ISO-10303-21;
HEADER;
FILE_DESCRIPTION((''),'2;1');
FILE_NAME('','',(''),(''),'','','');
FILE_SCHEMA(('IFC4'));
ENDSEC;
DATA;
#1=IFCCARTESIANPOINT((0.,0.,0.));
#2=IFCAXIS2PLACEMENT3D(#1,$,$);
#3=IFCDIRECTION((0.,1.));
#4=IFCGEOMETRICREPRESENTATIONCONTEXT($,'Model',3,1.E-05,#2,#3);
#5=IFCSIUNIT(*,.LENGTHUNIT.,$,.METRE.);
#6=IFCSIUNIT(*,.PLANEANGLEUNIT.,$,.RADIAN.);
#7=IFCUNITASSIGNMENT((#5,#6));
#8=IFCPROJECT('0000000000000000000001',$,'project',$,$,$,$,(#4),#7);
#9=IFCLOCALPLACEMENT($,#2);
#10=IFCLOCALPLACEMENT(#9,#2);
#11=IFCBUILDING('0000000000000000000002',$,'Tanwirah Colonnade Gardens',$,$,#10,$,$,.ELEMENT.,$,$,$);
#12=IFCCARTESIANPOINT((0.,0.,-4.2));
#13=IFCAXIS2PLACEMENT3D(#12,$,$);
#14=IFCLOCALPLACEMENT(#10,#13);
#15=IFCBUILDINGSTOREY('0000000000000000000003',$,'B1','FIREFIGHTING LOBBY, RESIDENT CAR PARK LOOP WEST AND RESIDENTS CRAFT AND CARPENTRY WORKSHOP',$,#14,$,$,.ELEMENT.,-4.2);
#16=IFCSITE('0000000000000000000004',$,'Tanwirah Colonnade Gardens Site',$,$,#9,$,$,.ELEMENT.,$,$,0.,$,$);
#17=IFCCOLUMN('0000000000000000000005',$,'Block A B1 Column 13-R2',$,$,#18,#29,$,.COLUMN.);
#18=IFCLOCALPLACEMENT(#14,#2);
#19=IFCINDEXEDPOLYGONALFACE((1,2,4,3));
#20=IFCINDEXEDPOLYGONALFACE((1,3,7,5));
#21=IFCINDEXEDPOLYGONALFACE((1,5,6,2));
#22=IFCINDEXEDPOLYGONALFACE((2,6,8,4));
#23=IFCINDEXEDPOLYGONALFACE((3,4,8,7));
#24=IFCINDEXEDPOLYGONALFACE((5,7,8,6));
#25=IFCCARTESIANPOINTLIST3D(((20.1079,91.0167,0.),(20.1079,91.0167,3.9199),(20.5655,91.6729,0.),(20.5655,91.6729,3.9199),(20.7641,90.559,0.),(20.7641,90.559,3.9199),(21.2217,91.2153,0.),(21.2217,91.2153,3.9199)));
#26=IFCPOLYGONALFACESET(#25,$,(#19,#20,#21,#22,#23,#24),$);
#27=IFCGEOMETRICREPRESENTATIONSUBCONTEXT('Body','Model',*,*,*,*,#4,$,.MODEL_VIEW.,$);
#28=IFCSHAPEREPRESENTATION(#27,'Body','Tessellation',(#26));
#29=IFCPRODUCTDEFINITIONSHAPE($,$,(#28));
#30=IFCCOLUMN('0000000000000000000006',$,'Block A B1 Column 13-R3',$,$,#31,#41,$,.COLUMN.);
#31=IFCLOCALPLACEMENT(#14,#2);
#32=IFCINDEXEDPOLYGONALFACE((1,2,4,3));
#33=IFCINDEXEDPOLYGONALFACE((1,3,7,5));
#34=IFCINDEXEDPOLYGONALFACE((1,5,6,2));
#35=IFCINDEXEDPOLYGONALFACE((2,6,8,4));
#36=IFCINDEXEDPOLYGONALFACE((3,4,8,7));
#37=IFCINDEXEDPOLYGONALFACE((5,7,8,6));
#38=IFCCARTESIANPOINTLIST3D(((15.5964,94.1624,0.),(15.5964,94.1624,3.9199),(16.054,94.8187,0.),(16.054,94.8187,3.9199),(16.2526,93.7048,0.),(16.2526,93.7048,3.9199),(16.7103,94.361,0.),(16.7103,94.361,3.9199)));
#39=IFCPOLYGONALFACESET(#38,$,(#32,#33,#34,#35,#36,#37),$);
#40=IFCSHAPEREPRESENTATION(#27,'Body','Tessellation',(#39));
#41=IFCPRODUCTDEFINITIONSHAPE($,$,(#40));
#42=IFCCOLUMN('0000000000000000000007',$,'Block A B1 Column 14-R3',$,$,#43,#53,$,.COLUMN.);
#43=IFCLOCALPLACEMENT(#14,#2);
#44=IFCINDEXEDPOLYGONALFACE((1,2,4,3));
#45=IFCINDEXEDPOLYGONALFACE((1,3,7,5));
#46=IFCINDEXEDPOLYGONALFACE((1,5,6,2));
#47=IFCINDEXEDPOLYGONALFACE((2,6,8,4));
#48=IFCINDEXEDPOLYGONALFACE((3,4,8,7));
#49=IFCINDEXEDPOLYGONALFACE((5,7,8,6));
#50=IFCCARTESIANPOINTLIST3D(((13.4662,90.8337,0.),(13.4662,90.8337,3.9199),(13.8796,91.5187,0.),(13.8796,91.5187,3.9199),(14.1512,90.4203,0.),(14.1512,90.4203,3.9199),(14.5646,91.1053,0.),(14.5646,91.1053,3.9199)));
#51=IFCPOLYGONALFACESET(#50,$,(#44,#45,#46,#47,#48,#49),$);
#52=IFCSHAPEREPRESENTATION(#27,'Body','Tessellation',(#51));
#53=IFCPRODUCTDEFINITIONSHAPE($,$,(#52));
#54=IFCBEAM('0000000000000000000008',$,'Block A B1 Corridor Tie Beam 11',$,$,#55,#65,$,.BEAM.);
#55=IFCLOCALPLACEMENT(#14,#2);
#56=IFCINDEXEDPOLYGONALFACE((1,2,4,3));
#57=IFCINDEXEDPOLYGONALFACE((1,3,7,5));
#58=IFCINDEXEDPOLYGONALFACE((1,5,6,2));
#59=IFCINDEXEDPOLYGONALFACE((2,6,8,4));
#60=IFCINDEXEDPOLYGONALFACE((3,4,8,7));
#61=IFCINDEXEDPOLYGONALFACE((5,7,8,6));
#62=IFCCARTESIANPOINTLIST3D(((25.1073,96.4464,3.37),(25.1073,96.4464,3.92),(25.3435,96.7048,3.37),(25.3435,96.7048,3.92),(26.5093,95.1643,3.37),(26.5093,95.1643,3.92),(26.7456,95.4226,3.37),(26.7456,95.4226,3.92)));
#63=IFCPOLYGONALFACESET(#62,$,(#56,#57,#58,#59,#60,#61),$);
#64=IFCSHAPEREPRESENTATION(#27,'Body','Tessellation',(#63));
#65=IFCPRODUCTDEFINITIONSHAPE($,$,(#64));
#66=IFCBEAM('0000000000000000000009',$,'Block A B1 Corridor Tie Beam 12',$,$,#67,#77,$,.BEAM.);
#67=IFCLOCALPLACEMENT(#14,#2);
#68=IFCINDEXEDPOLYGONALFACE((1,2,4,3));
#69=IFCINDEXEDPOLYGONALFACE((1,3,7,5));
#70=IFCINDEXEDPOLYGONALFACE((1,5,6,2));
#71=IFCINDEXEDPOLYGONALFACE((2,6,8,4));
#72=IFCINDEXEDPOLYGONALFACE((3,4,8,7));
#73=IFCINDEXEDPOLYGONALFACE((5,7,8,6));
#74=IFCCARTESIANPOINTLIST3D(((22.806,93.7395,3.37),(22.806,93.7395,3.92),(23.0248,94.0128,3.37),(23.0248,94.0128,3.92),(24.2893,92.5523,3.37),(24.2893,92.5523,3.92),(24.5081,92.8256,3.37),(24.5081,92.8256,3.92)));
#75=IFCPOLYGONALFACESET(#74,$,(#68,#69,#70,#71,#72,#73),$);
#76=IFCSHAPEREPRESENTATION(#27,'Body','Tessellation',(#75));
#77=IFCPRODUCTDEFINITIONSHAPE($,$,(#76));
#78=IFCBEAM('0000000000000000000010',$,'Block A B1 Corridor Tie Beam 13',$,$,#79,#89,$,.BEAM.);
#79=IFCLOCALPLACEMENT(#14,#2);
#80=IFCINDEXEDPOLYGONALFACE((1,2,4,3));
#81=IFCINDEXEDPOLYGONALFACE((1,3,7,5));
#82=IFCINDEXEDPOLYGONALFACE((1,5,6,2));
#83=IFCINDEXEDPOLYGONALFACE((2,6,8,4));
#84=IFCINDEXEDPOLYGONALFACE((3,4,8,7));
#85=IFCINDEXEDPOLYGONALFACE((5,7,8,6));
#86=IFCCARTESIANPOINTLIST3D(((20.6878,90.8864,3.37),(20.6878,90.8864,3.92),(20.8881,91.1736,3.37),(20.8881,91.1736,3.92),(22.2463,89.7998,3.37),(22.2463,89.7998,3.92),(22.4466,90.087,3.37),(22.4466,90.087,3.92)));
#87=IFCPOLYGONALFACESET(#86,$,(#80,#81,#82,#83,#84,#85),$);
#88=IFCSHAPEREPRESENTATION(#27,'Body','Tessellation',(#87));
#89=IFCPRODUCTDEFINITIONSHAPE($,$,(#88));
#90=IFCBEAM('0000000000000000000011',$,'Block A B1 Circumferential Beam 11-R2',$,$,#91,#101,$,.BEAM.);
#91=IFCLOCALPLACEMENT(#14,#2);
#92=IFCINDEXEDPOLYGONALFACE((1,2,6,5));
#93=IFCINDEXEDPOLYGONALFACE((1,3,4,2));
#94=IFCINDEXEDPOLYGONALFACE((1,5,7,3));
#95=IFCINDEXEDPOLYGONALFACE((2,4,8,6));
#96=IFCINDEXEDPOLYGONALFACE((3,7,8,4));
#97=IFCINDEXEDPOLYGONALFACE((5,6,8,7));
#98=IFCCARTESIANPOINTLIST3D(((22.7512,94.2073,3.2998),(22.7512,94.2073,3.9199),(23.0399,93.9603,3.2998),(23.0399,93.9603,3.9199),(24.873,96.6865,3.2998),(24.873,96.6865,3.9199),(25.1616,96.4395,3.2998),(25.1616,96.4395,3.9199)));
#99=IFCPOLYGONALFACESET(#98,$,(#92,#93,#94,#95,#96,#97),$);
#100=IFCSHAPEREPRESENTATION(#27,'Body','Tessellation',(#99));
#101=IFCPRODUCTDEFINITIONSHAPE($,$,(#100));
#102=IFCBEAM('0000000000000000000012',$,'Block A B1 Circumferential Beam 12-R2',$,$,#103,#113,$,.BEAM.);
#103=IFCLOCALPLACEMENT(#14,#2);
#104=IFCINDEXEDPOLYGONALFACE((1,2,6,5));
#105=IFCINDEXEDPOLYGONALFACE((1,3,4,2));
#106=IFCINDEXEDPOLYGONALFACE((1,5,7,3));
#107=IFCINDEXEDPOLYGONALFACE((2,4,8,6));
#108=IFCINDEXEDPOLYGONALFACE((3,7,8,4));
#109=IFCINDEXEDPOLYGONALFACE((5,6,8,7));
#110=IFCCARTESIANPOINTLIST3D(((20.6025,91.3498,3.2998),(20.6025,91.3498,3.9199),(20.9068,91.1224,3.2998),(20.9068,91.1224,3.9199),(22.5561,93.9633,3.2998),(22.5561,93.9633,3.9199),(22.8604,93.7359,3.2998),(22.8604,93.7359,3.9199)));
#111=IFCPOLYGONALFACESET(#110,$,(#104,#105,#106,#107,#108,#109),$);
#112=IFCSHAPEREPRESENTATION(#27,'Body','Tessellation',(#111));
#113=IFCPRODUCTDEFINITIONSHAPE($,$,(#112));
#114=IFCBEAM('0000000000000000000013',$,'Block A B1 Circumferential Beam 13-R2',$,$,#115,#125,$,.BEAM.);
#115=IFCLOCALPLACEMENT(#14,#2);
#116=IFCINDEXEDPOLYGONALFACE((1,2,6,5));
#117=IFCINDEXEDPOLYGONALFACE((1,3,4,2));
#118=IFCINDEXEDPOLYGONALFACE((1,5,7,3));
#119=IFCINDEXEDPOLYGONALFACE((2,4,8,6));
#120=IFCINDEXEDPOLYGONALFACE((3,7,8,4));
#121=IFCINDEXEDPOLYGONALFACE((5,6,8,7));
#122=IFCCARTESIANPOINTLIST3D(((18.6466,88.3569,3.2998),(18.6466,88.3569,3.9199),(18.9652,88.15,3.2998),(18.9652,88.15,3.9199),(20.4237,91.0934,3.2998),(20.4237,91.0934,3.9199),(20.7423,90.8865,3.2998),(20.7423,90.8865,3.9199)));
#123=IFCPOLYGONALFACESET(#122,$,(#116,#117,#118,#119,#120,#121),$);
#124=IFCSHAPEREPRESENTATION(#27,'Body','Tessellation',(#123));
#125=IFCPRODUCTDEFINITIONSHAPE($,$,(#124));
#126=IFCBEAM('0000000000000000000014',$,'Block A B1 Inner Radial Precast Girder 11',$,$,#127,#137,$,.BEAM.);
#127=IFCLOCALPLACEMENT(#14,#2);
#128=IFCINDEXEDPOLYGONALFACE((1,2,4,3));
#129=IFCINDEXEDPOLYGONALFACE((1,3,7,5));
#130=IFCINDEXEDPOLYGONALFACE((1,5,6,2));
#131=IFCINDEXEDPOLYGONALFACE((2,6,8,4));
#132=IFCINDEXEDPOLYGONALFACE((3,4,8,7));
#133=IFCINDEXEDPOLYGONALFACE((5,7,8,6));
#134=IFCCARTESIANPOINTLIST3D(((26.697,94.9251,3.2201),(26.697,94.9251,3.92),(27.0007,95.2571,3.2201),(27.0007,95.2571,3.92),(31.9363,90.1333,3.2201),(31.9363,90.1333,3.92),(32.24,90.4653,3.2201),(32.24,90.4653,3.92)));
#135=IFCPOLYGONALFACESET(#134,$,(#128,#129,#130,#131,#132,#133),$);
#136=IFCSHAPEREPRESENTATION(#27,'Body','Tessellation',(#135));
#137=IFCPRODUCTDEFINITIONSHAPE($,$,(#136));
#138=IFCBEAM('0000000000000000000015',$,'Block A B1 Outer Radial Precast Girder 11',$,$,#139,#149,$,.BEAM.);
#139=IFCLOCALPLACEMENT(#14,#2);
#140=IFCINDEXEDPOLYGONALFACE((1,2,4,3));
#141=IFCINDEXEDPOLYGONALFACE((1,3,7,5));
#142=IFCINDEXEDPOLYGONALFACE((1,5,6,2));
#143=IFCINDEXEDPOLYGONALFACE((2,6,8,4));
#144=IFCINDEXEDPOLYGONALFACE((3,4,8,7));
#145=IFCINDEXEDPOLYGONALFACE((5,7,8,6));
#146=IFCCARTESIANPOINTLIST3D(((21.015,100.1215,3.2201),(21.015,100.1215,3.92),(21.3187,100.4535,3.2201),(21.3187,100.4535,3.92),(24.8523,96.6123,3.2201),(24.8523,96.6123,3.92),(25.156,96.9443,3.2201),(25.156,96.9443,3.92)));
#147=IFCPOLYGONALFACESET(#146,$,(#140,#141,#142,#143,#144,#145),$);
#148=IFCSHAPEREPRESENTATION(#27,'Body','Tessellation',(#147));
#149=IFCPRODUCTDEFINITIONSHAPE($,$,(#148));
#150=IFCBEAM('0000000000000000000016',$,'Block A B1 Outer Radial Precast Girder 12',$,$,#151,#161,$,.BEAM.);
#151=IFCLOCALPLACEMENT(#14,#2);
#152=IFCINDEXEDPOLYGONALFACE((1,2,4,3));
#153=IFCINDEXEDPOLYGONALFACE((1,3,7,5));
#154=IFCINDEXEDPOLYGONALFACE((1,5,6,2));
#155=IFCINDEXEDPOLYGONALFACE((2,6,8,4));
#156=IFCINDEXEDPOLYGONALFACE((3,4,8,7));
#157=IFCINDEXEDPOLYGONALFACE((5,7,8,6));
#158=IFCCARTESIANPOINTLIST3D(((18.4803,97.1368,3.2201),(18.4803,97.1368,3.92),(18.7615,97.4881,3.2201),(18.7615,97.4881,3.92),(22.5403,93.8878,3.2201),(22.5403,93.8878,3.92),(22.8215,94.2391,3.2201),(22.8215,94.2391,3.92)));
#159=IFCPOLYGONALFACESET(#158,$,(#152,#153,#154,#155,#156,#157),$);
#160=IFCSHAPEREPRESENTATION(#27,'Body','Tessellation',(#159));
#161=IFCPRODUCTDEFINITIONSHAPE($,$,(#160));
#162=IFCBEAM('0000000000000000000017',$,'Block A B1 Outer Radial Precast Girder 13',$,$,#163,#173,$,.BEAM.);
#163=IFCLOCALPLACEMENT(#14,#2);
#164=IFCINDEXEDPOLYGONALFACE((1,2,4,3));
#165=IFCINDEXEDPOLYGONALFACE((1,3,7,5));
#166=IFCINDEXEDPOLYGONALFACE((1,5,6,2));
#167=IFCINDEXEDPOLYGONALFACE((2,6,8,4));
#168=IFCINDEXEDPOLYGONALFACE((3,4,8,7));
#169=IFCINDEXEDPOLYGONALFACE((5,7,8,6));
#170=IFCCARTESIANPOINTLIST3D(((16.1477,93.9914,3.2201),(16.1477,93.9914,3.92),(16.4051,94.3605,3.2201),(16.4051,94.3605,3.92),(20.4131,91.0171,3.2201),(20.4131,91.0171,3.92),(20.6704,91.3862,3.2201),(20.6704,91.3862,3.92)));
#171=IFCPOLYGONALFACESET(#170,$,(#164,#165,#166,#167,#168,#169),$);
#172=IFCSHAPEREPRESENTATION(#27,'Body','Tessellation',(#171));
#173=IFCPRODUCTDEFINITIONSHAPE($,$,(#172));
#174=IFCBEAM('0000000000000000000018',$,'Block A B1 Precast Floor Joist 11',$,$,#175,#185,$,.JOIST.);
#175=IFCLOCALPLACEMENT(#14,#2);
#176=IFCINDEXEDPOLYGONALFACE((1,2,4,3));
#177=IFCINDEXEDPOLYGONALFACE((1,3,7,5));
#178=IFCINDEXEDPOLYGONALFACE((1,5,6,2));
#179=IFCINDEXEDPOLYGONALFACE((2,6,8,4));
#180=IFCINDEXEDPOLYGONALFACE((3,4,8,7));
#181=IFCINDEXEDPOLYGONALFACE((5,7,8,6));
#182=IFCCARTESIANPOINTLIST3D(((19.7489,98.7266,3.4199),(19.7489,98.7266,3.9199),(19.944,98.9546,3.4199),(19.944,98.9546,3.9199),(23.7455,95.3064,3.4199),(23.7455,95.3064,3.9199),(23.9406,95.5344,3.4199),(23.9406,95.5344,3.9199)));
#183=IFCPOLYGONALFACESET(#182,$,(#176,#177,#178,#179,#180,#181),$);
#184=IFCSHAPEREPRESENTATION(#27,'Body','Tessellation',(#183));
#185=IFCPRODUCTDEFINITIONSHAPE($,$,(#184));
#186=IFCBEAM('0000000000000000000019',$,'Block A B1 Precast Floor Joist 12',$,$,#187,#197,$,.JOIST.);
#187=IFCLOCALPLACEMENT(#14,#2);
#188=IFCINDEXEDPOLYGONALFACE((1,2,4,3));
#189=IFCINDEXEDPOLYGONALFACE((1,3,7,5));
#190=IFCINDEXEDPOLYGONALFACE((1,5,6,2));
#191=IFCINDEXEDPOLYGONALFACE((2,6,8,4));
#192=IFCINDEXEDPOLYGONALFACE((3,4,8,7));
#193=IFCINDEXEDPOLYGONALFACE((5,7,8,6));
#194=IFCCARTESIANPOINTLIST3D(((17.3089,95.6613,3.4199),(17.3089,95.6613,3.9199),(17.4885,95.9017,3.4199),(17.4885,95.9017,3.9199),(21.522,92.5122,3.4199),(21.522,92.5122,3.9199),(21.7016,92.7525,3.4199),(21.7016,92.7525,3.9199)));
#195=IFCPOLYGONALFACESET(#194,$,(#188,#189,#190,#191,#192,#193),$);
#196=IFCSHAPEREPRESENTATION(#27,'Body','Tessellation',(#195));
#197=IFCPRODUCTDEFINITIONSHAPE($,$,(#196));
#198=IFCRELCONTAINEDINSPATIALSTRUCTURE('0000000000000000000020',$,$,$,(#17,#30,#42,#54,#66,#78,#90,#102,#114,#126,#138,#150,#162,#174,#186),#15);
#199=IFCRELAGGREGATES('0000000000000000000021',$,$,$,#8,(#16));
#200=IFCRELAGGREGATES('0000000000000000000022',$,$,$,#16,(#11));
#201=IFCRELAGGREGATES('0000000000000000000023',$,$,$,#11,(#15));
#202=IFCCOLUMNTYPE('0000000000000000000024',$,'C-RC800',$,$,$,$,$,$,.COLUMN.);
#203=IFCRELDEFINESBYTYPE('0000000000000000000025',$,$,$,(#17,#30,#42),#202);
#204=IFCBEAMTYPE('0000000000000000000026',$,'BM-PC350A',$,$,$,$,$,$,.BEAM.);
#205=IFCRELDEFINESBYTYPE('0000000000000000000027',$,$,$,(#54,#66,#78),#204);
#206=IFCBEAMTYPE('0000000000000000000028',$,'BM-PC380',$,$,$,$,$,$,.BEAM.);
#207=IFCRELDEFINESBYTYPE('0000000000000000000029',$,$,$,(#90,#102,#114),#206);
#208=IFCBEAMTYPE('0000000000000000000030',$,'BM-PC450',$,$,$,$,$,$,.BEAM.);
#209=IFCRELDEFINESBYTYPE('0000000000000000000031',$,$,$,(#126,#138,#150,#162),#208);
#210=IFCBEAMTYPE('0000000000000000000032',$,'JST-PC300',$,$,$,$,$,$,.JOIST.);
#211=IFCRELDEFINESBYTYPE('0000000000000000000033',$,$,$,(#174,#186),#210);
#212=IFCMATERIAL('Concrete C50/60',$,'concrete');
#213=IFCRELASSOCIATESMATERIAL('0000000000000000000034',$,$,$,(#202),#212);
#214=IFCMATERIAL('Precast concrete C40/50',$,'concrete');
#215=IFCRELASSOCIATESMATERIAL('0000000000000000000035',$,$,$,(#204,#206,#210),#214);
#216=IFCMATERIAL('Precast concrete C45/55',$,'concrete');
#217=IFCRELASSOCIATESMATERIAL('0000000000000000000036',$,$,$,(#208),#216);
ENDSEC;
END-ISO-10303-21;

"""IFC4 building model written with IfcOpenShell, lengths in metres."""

from ifc_helpers import new_model, si_unit, direction, frame, origin, origin_2d, place, context, subcontext, project, spatial, rectangle, extrude, material, material_profile, profile_set, type_object, element, save


model = new_model("IFC4")

# Units and contexts
model_context = context("Model", 3, precision=1e-05, world=origin(), true_north=direction((0.0, 1.0)))
body_context = subcontext(model_context, "Body", "Model", "MODEL_VIEW")
ifc_project = project(units=[si_unit("LENGTHUNIT", "METRE"), si_unit("PLANEANGLEUNIT", "RADIAN")], contexts=[model_context])

# Site, building, storey
site_placement = place(None, origin())
site = spatial("IfcSite", under=ifc_project, at=site_placement, Name="Tanwirah Colonnade Gardens Site", CompositionType="ELEMENT", RefElevation=0.0)
building_placement = place(site_placement, origin())
building = spatial("IfcBuilding", under=site, at=building_placement, Name="Tanwirah Colonnade Gardens", CompositionType="ELEMENT")
storey_placement = place(building_placement, frame((0.0, 0.0, -4.2)))
storey = spatial("IfcBuildingStorey", under=building, at=storey_placement, Name="B1", Description="FIREFIGHTING LOBBY, RESIDENT CAR PARK LOOP WEST AND RESIDENTS CRAFT AND CARPENTRY WORKSHOP", CompositionType="ELEMENT", Elevation=-4.2)

# Columns
ifc_material_1 = material(Name="Concrete C50/60", Category="concrete")
ifc_material_profile_1 = material_profile(ifc_material_1, rectangle(XDim=0.8, YDim=0.8, at=origin_2d()), Name="RC-COL 800x800")
ifc_profile_set_1 = profile_set([ifc_material_profile_1], Name="Concrete C50/60")
column_type = type_object("IfcColumnType", Name="C-RC800", PredefinedType="COLUMN", material=ifc_profile_set_1)
for number, where, z_axis, x_axis, name in (
    (1, (20.6648, 91.116, 0.0), (0.0, 0.0, 1.0), (-0.820263, 0.571987, 0.0), "Block A B1 Column 13-R2"),
    (2, (16.1533, 94.2617, 0.0), (0.0, 0.0, 1.0), (-0.820263, 0.571987, 0.0), "Block A B1 Column 13-R3"),
    (3, (14.0154, 90.9695, 0.0), (0.0, 0.0, 1.0), (-0.856167, 0.516699, 0.0), "Block A B1 Column 14-R3"),
):
    element("IfcColumn", number, at=place(storey_placement, frame(where, z_axis=z_axis, x_axis=x_axis)), inside=storey, type_object=column_type, Name=name, PredefinedType="COLUMN", context=body_context, shape_type="SweptSolid", body=[
        extrude(rectangle(XDim=0.8, YDim=0.8, at=origin_2d()), origin(), (0.0, 0.0, 1.0), 3.9199),
    ])

# Beams
ifc_material_2 = material(Name="Precast concrete C40/50", Category="concrete")
ifc_material_profile_2 = material_profile(ifc_material_2, rectangle(XDim=0.3501, YDim=0.55, at=origin_2d()), Name="PC-BM 350x550")
ifc_profile_set_2 = profile_set([ifc_material_profile_2], Name="Precast concrete C40/50")
beam_type_1 = type_object("IfcBeamType", Name="BM-PC350A", PredefinedType="BEAM", material=ifc_profile_set_2)
for number, where, z_axis, x_axis, name in (
    (4, (26.6274, 95.2935, 3.645), (-0.737948, 0.674857, 0.0), (-0.674857, -0.737948, 0.0), "Block A B1 Corridor Tie Beam 11"),
    (5, (24.3987, 92.689, 3.645), (-0.780731, 0.624867, 0.0), (-0.624867, -0.780731, 0.0), "Block A B1 Corridor Tie Beam 12"),
    (6, (22.3464, 89.9434, 3.645), (-0.820305, 0.571926, 0.0), (-0.571926, -0.820305, 0.0), "Block A B1 Corridor Tie Beam 13"),
):
    element("IfcBeam", number, at=place(storey_placement, frame(where, z_axis=z_axis, x_axis=x_axis)), inside=storey, type_object=beam_type_1, Name=name, PredefinedType="BEAM", context=body_context, shape_type="SweptSolid", body=[
        extrude(rectangle(XDim=0.3501, YDim=0.55, at=origin_2d()), origin(), (0.0, 0.0, 1.0), 1.8999),
    ])
ifc_material_profile_3 = material_profile(ifc_material_2, rectangle(XDim=0.3799, YDim=0.6201, at=origin_2d()), Name="PC-BM 380x620")
ifc_profile_set_3 = profile_set([ifc_material_profile_3], Name="Precast concrete C40/50")
beam_type_2 = type_object("IfcBeamType", Name="BM-PC380", PredefinedType="BEAM", material=ifc_profile_set_3)
beam_1_placement = place(storey_placement, frame((25.0173, 96.563, 3.6099), z_axis=(-0.650218, -0.759748, 0.0), x_axis=(0.759748, -0.650218, 0.0)))
element("IfcBeam", 7, at=beam_1_placement, inside=storey, type_object=beam_type_2, Name="Block A B1 Circumferential Beam 11-R2", PredefinedType="BEAM", context=body_context, shape_type="SweptSolid", body=[
    extrude(rectangle(XDim=0.3799, YDim=0.6201, at=origin_2d()), origin(), (0.0, 0.0, 1.0), 3.2632),
])
for number, where, z_axis, x_axis, name in (
    (8, (22.7083, 93.8496, 3.6099), (-0.598718, -0.80096, 0.0), (0.80096, -0.598718, 0.0), "Block A B1 Circumferential Beam 12-R2"),
    (9, (20.583, 90.99, 3.6099), (-0.544628, -0.838678, 0.0), (0.838678, -0.544628, 0.0), "Block A B1 Circumferential Beam 13-R2"),
):
    element("IfcBeam", number, at=place(storey_placement, frame(where, z_axis=z_axis, x_axis=x_axis)), inside=storey, type_object=beam_type_2, Name=name, PredefinedType="BEAM", context=body_context, shape_type="SweptSolid", body=[
        extrude(rectangle(XDim=0.3799, YDim=0.6201, at=origin_2d()), origin(), (0.0, 0.0, 1.0), 3.2629),
    ])
ifc_material_3 = material(Name="Precast concrete C45/55", Category="concrete")
ifc_material_profile_4 = material_profile(ifc_material_3, rectangle(XDim=0.45, YDim=0.7, at=origin_2d()), Name="PC-BM 450x700")
ifc_profile_set_4 = profile_set([ifc_material_profile_4], Name="Precast concrete C45/55")
beam_type_3 = type_object("IfcBeamType", Name="BM-PC450", PredefinedType="BEAM", material=ifc_profile_set_4)
beam_2_placement = place(storey_placement, frame((26.8489, 95.0911, 3.5701), z_axis=(0.737919, -0.67489, 0.0), x_axis=(0.67489, 0.737919, 0.0)))
element("IfcBeam", 10, at=beam_2_placement, inside=storey, type_object=beam_type_3, Name="Block A B1 Inner Radial Precast Girder 11", PredefinedType="BEAM", context=body_context, shape_type="SweptSolid", body=[
    extrude(rectangle(XDim=0.45, YDim=0.7, at=origin_2d()), origin(), (0.0, 0.0, 1.0), 7.1001),
])
for number, where, z_axis, x_axis, name in (
    (11, (25.0042, 96.7783, 3.5701), (-0.737953, 0.674852, 0.0), (-0.674852, -0.737953, 0.0), "Block A B1 Outer Radial Precast Girder 11"),
    (12, (22.6809, 94.0635, 3.5701), (-0.780777, 0.62481, 0.0), (-0.62481, -0.780777, 0.0), "Block A B1 Outer Radial Precast Girder 12"),
    (13, (20.5417, 91.2017, 3.5701), (-0.820261, 0.57199, 0.0), (-0.57199, -0.820261, 0.0), "Block A B1 Outer Radial Precast Girder 13"),
):
    element("IfcBeam", number, at=place(storey_placement, frame(where, z_axis=z_axis, x_axis=x_axis)), inside=storey, type_object=beam_type_3, Name=name, PredefinedType="BEAM", context=body_context, shape_type="SweptSolid", body=[
        extrude(rectangle(XDim=0.45, YDim=0.7, at=origin_2d()), origin(), (0.0, 0.0, 1.0), 5.2),
    ])
ifc_material_profile_5 = material_profile(ifc_material_2, rectangle(XDim=0.3, YDim=0.5, at=origin_2d()), Name="PC-JST 300x500")
ifc_profile_set_5 = profile_set([ifc_material_profile_5], Name="Precast concrete C40/50")
beam_type_4 = type_object("IfcBeamType", Name="JST-PC300", PredefinedType="JOIST", material=ifc_profile_set_5)
beam_3_placement = place(storey_placement, frame((23.843, 95.4204, 3.6699), z_axis=(-0.759771, 0.650191, 0.0), x_axis=(-0.650191, -0.759771, 0.0)))
element("IfcBeam", 14, at=beam_3_placement, inside=storey, type_object=beam_type_4, Name="Block A B1 Precast Floor Joist 11", PredefinedType="JOIST", context=body_context, shape_type="SweptSolid", body=[
    extrude(rectangle(XDim=0.3, YDim=0.5, at=origin_2d()), origin(), (0.0, 0.0, 1.0), 5.2603),
])
beam_4_placement = place(storey_placement, frame((21.6118, 92.6323, 3.6699), z_axis=(-0.800974, 0.5987, 0.0), x_axis=(-0.5987, -0.800974, 0.0)))
element("IfcBeam", 15, at=beam_4_placement, inside=storey, type_object=beam_type_4, Name="Block A B1 Precast Floor Joist 12", PredefinedType="JOIST", context=body_context, shape_type="SweptSolid", body=[
    extrude(rectangle(XDim=0.3, YDim=0.5, at=origin_2d()), origin(), (0.0, 0.0, 1.0), 5.26),
])

save(model, "model.ifc")
